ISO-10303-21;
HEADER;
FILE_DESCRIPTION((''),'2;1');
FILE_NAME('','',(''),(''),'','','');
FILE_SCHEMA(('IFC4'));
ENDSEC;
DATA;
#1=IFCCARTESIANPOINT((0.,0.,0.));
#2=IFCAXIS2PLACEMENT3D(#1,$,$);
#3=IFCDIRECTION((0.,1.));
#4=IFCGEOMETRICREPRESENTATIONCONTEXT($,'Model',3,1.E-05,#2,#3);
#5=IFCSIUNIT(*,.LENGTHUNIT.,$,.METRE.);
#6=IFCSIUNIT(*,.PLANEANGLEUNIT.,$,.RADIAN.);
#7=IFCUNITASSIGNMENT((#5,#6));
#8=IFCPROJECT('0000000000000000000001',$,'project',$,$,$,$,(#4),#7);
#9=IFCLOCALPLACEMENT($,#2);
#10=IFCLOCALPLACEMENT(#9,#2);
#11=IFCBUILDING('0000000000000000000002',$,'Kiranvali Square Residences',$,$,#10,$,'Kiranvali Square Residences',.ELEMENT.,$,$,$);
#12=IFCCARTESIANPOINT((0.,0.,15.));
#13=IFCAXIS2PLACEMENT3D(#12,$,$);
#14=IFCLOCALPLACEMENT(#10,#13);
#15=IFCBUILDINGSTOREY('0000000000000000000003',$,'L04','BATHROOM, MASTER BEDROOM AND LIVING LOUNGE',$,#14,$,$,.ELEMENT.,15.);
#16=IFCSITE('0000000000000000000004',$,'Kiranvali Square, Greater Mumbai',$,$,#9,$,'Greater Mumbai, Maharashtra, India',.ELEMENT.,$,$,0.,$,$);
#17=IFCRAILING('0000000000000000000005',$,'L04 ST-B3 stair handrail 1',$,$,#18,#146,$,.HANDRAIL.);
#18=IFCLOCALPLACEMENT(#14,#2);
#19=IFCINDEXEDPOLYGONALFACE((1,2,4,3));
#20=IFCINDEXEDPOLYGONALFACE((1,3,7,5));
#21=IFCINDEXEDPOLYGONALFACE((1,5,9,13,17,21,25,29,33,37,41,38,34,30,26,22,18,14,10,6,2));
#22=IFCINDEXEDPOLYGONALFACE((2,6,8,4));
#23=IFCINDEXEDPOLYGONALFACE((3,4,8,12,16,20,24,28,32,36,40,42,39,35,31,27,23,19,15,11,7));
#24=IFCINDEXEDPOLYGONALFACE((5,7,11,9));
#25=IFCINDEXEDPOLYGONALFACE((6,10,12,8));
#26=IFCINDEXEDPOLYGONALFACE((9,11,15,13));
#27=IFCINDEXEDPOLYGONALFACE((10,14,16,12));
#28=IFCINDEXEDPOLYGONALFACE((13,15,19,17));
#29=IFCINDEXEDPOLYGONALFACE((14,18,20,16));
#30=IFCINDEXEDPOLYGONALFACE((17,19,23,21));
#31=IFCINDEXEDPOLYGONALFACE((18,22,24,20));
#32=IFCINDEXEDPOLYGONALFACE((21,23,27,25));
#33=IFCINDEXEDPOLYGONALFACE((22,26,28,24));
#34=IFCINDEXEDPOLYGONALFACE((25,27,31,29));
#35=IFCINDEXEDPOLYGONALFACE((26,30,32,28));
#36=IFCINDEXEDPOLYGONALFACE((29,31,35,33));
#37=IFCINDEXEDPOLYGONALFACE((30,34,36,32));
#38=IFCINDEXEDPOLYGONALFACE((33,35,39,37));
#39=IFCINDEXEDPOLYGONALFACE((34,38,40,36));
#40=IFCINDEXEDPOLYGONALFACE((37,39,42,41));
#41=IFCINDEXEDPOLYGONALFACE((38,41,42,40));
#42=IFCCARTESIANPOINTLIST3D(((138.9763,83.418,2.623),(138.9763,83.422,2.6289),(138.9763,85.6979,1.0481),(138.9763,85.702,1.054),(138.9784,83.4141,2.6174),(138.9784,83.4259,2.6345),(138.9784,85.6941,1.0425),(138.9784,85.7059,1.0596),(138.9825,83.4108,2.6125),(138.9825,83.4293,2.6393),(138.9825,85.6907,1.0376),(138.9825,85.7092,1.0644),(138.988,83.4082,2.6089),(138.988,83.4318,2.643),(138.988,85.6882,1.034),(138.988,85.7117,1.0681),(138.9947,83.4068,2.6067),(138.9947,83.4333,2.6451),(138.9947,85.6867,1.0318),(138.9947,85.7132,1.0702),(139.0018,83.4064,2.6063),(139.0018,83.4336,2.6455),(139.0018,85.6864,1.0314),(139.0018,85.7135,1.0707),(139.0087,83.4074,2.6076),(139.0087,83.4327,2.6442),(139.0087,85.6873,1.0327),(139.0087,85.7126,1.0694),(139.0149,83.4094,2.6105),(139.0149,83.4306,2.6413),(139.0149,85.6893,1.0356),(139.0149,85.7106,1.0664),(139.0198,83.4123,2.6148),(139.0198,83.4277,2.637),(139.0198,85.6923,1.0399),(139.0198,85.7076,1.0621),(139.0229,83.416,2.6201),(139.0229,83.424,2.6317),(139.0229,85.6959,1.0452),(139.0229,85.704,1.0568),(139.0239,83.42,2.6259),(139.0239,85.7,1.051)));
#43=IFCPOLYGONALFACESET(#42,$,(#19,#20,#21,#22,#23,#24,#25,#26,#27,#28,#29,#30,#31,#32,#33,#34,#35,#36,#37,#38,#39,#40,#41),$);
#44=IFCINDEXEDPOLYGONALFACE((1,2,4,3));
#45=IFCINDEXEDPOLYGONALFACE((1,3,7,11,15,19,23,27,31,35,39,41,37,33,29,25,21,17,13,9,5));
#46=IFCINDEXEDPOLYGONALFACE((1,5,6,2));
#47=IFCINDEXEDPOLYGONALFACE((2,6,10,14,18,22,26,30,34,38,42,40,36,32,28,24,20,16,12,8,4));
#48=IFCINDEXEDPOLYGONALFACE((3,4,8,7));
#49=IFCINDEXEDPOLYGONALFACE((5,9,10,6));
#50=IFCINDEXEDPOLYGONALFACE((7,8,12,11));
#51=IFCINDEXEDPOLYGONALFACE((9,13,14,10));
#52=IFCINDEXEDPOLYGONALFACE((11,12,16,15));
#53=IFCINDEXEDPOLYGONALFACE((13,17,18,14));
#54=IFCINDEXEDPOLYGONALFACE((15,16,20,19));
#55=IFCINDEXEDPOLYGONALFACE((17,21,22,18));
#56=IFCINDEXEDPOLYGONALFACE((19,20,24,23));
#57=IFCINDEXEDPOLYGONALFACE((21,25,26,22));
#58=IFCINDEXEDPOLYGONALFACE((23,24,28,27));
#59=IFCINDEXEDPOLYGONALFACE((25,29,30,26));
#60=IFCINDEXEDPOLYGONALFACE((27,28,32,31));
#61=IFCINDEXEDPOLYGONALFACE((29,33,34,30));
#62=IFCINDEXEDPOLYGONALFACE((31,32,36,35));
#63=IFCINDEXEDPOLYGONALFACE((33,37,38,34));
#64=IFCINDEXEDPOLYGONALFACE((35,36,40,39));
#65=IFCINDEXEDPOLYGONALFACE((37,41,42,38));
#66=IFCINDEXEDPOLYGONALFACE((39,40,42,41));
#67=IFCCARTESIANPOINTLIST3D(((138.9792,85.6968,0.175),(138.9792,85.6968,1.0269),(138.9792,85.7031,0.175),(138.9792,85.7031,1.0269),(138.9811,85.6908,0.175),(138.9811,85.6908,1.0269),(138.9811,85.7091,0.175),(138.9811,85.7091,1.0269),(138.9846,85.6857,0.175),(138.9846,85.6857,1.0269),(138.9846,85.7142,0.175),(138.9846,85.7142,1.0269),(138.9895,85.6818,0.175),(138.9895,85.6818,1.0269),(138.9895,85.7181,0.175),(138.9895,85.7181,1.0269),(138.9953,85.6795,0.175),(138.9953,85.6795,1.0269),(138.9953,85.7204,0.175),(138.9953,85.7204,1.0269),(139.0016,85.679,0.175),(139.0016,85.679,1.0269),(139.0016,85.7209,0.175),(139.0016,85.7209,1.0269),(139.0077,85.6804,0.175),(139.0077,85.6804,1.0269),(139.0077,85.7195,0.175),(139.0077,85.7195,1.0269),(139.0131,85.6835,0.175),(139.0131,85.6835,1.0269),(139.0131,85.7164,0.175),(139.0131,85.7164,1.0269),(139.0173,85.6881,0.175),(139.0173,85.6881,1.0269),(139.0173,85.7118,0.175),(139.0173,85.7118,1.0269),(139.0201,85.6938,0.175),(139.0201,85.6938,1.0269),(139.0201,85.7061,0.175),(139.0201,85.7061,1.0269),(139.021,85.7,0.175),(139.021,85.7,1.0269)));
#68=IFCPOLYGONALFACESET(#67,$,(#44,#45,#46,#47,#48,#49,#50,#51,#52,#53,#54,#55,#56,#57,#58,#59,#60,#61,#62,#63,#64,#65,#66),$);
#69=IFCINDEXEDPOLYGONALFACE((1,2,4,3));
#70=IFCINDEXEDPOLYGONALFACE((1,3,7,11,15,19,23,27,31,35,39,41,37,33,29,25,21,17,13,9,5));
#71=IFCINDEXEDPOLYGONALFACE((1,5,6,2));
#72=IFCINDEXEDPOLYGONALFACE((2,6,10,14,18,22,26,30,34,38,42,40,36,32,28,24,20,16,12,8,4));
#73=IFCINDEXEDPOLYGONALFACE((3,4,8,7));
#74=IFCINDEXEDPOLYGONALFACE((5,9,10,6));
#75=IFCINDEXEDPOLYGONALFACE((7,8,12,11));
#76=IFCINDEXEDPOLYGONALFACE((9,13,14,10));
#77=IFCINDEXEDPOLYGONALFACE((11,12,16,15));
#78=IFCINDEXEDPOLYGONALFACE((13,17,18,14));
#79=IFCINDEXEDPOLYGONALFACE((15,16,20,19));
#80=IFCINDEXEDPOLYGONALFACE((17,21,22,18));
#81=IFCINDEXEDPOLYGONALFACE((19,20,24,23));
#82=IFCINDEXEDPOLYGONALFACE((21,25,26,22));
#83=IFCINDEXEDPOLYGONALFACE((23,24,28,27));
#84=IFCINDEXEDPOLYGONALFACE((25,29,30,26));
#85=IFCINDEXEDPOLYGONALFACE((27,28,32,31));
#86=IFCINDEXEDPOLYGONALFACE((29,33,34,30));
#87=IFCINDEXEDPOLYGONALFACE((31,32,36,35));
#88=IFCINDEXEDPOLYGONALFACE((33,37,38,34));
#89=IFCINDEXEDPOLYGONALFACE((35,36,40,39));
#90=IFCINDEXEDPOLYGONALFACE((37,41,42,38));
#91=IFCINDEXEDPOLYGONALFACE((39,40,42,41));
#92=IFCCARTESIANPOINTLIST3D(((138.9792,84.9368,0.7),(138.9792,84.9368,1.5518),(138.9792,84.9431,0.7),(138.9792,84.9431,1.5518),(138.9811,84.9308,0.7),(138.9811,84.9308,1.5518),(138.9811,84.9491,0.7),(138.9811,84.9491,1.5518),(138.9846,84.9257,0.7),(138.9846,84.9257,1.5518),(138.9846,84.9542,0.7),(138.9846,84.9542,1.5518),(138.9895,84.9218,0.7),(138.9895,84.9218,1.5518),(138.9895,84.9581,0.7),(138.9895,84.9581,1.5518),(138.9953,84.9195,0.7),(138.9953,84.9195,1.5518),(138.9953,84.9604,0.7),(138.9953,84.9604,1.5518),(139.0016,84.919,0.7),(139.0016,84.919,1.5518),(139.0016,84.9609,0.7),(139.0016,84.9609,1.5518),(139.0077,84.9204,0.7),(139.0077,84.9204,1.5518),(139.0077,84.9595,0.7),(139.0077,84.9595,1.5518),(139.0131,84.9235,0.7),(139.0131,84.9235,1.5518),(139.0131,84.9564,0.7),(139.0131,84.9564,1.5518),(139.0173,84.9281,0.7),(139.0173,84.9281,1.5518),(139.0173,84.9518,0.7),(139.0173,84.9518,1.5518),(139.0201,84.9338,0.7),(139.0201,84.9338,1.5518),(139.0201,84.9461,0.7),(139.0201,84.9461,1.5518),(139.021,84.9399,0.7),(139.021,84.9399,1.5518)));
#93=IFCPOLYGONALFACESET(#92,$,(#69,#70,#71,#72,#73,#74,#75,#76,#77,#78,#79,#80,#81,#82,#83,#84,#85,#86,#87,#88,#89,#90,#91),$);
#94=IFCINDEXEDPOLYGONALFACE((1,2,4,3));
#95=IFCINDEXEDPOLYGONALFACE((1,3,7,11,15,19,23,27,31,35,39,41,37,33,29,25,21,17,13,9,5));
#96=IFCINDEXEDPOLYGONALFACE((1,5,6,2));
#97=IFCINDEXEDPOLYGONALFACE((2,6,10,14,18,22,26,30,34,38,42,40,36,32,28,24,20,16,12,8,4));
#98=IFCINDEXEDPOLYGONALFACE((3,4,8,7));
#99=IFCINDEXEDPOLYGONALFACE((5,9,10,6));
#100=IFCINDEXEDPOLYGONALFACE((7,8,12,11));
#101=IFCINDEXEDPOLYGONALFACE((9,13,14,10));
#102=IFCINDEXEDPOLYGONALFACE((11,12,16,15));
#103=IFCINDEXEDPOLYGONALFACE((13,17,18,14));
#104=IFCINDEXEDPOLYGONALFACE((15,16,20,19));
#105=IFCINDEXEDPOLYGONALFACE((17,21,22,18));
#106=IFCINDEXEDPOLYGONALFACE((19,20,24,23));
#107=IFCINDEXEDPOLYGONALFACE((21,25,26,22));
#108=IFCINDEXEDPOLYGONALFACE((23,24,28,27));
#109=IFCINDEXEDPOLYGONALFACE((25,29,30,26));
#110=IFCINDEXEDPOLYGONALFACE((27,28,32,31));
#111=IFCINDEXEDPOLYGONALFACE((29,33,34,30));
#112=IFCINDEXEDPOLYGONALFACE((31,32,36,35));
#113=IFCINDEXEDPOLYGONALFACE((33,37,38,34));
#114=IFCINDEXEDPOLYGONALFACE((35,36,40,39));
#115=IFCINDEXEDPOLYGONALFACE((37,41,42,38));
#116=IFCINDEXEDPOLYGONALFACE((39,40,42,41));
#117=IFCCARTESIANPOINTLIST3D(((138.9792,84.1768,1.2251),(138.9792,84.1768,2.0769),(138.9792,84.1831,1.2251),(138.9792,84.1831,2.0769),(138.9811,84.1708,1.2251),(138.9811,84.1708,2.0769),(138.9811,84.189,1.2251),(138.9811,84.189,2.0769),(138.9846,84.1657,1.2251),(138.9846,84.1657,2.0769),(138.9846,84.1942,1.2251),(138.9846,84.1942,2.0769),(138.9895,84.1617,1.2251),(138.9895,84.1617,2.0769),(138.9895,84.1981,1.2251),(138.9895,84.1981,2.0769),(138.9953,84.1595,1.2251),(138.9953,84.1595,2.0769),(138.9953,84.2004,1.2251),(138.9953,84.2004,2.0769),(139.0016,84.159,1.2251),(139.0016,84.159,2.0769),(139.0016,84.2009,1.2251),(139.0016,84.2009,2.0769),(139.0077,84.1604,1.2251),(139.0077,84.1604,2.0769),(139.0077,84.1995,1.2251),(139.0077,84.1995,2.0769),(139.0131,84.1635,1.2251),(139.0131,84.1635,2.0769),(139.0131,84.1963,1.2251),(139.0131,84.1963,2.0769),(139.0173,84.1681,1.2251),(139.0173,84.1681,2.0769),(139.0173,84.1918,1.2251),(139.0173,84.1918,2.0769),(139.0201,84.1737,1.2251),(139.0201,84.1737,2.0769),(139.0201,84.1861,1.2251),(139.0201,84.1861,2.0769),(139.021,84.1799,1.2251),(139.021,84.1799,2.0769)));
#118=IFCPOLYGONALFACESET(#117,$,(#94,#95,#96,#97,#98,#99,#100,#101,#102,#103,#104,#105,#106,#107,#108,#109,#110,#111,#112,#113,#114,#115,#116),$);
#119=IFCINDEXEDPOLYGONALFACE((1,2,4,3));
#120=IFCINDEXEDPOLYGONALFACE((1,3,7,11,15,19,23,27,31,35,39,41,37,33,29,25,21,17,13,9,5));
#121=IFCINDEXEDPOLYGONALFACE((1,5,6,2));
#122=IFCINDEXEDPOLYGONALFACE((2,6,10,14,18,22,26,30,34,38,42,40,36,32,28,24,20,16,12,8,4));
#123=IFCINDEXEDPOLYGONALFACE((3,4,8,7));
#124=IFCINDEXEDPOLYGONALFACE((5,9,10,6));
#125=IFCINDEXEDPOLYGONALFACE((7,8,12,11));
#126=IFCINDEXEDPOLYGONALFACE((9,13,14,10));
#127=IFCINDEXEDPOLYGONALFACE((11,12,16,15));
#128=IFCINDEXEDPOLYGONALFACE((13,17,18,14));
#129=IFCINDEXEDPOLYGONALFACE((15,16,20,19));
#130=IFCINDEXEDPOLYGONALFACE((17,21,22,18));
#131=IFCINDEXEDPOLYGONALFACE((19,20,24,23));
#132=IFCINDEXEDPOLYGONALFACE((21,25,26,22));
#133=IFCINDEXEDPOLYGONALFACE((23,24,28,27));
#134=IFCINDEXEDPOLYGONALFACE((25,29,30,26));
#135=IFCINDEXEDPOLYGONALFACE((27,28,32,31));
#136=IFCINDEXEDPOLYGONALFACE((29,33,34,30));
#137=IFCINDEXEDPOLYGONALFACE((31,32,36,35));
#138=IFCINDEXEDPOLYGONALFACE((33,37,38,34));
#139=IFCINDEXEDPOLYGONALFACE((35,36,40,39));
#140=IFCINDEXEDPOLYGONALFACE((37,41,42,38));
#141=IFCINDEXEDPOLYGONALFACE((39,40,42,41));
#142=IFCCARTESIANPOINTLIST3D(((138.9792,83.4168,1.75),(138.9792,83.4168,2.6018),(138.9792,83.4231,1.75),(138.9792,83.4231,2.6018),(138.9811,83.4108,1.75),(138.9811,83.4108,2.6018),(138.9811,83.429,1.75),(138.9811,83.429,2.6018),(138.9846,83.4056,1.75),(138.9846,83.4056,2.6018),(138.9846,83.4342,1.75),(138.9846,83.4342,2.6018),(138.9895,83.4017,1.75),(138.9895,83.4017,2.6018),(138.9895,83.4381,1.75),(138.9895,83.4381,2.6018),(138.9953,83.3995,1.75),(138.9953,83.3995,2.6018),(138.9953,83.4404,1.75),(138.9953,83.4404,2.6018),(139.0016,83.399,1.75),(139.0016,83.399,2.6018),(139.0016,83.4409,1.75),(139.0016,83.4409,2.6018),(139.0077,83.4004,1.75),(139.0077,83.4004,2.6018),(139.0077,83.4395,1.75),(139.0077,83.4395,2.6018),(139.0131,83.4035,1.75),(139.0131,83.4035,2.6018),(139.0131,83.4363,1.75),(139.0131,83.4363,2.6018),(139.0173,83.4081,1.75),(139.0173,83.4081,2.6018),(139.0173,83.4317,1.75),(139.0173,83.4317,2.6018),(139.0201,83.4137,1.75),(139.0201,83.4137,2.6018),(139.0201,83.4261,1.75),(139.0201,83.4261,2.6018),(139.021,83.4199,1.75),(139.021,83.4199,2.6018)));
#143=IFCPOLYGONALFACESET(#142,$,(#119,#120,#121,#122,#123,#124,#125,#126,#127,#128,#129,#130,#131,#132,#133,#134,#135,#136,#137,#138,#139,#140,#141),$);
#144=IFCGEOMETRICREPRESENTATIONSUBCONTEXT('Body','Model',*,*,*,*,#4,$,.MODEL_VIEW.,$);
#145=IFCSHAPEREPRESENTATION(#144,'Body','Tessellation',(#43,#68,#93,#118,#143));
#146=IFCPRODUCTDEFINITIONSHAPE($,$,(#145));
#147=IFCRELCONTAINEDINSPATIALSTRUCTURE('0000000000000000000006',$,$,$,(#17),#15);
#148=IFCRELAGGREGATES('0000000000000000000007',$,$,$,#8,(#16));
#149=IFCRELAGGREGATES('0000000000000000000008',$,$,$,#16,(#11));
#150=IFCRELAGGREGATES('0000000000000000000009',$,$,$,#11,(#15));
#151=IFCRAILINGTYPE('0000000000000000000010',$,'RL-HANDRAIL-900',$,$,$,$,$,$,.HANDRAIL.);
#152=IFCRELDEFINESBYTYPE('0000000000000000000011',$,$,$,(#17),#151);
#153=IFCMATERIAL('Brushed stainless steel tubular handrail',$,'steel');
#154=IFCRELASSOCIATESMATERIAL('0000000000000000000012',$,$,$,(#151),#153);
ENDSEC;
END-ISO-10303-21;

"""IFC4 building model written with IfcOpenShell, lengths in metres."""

from ifc_helpers import new_model, si_unit, direction, frame, origin, origin_2d, place, context, subcontext, project, spatial, circle, extrude, material, type_object, element, save


model = new_model("IFC4")

# Units and contexts
model_context = context("Model", 3, precision=1e-05, world=origin(), true_north=direction((0.0, 1.0)))
body_context = subcontext(model_context, "Body", "Model", "MODEL_VIEW")
ifc_project = project(units=[si_unit("LENGTHUNIT", "METRE"), si_unit("PLANEANGLEUNIT", "RADIAN")], contexts=[model_context])

# Site, building, storey
site_placement = place(None, origin())
site = spatial("IfcSite", under=ifc_project, at=site_placement, Name="Kiranvali Square, Greater Mumbai", LongName="Greater Mumbai, Maharashtra, India", CompositionType="ELEMENT", RefElevation=0.0)
building_placement = place(site_placement, origin())
building = spatial("IfcBuilding", under=site, at=building_placement, Name="Kiranvali Square Residences", LongName="Kiranvali Square Residences", CompositionType="ELEMENT")
storey_placement = place(building_placement, frame((0.0, 0.0, 15.0)))
storey = spatial("IfcBuildingStorey", under=building, at=storey_placement, Name="L04", Description="BATHROOM, MASTER BEDROOM AND LIVING LOUNGE", CompositionType="ELEMENT", Elevation=15.0)

# Railing
ifc_material_1 = material(Name="Brushed stainless steel tubular handrail", Category="steel")
railing_type_1 = type_object("IfcRailingType", Name="RL-HANDRAIL-900", PredefinedType="HANDRAIL", material=ifc_material_1)
railing_1_placement = place(storey_placement, frame((139.0, 85.7, 0.175)))
element("IfcRailing", 1, at=railing_1_placement, inside=storey, type_object=railing_type_1, Name="L04 ST-B3 stair handrail 1", PredefinedType="HANDRAIL", context=body_context, shape_type="SweptSolid", body=[
    extrude(circle(Radius=0.0239, at=origin_2d()), frame((0.0, 0.0, 0.876), z_axis=(0.0, -0.822788, 0.568348), x_axis=(1.0, 0.0, 0.0)), (0.0, 0.0, 1.0), 2.771),
    extrude(circle(Radius=0.021, at=origin_2d()), origin(), (0.0, 0.0, 1.0), 0.8518),
    extrude(circle(Radius=0.021, at=origin_2d()), frame((0.0, -0.76, 0.5249)), (0.0, 0.0, 1.0), 0.8518),
    extrude(circle(Radius=0.021, at=origin_2d()), frame((0.0, -1.52, 1.05)), (0.0, 0.0, 1.0), 0.8518),
    extrude(circle(Radius=0.021, at=origin_2d()), frame((0.0, -2.28, 1.575)), (0.0, 0.0, 1.0), 0.8518),
])

save(model, "model.ifc")
